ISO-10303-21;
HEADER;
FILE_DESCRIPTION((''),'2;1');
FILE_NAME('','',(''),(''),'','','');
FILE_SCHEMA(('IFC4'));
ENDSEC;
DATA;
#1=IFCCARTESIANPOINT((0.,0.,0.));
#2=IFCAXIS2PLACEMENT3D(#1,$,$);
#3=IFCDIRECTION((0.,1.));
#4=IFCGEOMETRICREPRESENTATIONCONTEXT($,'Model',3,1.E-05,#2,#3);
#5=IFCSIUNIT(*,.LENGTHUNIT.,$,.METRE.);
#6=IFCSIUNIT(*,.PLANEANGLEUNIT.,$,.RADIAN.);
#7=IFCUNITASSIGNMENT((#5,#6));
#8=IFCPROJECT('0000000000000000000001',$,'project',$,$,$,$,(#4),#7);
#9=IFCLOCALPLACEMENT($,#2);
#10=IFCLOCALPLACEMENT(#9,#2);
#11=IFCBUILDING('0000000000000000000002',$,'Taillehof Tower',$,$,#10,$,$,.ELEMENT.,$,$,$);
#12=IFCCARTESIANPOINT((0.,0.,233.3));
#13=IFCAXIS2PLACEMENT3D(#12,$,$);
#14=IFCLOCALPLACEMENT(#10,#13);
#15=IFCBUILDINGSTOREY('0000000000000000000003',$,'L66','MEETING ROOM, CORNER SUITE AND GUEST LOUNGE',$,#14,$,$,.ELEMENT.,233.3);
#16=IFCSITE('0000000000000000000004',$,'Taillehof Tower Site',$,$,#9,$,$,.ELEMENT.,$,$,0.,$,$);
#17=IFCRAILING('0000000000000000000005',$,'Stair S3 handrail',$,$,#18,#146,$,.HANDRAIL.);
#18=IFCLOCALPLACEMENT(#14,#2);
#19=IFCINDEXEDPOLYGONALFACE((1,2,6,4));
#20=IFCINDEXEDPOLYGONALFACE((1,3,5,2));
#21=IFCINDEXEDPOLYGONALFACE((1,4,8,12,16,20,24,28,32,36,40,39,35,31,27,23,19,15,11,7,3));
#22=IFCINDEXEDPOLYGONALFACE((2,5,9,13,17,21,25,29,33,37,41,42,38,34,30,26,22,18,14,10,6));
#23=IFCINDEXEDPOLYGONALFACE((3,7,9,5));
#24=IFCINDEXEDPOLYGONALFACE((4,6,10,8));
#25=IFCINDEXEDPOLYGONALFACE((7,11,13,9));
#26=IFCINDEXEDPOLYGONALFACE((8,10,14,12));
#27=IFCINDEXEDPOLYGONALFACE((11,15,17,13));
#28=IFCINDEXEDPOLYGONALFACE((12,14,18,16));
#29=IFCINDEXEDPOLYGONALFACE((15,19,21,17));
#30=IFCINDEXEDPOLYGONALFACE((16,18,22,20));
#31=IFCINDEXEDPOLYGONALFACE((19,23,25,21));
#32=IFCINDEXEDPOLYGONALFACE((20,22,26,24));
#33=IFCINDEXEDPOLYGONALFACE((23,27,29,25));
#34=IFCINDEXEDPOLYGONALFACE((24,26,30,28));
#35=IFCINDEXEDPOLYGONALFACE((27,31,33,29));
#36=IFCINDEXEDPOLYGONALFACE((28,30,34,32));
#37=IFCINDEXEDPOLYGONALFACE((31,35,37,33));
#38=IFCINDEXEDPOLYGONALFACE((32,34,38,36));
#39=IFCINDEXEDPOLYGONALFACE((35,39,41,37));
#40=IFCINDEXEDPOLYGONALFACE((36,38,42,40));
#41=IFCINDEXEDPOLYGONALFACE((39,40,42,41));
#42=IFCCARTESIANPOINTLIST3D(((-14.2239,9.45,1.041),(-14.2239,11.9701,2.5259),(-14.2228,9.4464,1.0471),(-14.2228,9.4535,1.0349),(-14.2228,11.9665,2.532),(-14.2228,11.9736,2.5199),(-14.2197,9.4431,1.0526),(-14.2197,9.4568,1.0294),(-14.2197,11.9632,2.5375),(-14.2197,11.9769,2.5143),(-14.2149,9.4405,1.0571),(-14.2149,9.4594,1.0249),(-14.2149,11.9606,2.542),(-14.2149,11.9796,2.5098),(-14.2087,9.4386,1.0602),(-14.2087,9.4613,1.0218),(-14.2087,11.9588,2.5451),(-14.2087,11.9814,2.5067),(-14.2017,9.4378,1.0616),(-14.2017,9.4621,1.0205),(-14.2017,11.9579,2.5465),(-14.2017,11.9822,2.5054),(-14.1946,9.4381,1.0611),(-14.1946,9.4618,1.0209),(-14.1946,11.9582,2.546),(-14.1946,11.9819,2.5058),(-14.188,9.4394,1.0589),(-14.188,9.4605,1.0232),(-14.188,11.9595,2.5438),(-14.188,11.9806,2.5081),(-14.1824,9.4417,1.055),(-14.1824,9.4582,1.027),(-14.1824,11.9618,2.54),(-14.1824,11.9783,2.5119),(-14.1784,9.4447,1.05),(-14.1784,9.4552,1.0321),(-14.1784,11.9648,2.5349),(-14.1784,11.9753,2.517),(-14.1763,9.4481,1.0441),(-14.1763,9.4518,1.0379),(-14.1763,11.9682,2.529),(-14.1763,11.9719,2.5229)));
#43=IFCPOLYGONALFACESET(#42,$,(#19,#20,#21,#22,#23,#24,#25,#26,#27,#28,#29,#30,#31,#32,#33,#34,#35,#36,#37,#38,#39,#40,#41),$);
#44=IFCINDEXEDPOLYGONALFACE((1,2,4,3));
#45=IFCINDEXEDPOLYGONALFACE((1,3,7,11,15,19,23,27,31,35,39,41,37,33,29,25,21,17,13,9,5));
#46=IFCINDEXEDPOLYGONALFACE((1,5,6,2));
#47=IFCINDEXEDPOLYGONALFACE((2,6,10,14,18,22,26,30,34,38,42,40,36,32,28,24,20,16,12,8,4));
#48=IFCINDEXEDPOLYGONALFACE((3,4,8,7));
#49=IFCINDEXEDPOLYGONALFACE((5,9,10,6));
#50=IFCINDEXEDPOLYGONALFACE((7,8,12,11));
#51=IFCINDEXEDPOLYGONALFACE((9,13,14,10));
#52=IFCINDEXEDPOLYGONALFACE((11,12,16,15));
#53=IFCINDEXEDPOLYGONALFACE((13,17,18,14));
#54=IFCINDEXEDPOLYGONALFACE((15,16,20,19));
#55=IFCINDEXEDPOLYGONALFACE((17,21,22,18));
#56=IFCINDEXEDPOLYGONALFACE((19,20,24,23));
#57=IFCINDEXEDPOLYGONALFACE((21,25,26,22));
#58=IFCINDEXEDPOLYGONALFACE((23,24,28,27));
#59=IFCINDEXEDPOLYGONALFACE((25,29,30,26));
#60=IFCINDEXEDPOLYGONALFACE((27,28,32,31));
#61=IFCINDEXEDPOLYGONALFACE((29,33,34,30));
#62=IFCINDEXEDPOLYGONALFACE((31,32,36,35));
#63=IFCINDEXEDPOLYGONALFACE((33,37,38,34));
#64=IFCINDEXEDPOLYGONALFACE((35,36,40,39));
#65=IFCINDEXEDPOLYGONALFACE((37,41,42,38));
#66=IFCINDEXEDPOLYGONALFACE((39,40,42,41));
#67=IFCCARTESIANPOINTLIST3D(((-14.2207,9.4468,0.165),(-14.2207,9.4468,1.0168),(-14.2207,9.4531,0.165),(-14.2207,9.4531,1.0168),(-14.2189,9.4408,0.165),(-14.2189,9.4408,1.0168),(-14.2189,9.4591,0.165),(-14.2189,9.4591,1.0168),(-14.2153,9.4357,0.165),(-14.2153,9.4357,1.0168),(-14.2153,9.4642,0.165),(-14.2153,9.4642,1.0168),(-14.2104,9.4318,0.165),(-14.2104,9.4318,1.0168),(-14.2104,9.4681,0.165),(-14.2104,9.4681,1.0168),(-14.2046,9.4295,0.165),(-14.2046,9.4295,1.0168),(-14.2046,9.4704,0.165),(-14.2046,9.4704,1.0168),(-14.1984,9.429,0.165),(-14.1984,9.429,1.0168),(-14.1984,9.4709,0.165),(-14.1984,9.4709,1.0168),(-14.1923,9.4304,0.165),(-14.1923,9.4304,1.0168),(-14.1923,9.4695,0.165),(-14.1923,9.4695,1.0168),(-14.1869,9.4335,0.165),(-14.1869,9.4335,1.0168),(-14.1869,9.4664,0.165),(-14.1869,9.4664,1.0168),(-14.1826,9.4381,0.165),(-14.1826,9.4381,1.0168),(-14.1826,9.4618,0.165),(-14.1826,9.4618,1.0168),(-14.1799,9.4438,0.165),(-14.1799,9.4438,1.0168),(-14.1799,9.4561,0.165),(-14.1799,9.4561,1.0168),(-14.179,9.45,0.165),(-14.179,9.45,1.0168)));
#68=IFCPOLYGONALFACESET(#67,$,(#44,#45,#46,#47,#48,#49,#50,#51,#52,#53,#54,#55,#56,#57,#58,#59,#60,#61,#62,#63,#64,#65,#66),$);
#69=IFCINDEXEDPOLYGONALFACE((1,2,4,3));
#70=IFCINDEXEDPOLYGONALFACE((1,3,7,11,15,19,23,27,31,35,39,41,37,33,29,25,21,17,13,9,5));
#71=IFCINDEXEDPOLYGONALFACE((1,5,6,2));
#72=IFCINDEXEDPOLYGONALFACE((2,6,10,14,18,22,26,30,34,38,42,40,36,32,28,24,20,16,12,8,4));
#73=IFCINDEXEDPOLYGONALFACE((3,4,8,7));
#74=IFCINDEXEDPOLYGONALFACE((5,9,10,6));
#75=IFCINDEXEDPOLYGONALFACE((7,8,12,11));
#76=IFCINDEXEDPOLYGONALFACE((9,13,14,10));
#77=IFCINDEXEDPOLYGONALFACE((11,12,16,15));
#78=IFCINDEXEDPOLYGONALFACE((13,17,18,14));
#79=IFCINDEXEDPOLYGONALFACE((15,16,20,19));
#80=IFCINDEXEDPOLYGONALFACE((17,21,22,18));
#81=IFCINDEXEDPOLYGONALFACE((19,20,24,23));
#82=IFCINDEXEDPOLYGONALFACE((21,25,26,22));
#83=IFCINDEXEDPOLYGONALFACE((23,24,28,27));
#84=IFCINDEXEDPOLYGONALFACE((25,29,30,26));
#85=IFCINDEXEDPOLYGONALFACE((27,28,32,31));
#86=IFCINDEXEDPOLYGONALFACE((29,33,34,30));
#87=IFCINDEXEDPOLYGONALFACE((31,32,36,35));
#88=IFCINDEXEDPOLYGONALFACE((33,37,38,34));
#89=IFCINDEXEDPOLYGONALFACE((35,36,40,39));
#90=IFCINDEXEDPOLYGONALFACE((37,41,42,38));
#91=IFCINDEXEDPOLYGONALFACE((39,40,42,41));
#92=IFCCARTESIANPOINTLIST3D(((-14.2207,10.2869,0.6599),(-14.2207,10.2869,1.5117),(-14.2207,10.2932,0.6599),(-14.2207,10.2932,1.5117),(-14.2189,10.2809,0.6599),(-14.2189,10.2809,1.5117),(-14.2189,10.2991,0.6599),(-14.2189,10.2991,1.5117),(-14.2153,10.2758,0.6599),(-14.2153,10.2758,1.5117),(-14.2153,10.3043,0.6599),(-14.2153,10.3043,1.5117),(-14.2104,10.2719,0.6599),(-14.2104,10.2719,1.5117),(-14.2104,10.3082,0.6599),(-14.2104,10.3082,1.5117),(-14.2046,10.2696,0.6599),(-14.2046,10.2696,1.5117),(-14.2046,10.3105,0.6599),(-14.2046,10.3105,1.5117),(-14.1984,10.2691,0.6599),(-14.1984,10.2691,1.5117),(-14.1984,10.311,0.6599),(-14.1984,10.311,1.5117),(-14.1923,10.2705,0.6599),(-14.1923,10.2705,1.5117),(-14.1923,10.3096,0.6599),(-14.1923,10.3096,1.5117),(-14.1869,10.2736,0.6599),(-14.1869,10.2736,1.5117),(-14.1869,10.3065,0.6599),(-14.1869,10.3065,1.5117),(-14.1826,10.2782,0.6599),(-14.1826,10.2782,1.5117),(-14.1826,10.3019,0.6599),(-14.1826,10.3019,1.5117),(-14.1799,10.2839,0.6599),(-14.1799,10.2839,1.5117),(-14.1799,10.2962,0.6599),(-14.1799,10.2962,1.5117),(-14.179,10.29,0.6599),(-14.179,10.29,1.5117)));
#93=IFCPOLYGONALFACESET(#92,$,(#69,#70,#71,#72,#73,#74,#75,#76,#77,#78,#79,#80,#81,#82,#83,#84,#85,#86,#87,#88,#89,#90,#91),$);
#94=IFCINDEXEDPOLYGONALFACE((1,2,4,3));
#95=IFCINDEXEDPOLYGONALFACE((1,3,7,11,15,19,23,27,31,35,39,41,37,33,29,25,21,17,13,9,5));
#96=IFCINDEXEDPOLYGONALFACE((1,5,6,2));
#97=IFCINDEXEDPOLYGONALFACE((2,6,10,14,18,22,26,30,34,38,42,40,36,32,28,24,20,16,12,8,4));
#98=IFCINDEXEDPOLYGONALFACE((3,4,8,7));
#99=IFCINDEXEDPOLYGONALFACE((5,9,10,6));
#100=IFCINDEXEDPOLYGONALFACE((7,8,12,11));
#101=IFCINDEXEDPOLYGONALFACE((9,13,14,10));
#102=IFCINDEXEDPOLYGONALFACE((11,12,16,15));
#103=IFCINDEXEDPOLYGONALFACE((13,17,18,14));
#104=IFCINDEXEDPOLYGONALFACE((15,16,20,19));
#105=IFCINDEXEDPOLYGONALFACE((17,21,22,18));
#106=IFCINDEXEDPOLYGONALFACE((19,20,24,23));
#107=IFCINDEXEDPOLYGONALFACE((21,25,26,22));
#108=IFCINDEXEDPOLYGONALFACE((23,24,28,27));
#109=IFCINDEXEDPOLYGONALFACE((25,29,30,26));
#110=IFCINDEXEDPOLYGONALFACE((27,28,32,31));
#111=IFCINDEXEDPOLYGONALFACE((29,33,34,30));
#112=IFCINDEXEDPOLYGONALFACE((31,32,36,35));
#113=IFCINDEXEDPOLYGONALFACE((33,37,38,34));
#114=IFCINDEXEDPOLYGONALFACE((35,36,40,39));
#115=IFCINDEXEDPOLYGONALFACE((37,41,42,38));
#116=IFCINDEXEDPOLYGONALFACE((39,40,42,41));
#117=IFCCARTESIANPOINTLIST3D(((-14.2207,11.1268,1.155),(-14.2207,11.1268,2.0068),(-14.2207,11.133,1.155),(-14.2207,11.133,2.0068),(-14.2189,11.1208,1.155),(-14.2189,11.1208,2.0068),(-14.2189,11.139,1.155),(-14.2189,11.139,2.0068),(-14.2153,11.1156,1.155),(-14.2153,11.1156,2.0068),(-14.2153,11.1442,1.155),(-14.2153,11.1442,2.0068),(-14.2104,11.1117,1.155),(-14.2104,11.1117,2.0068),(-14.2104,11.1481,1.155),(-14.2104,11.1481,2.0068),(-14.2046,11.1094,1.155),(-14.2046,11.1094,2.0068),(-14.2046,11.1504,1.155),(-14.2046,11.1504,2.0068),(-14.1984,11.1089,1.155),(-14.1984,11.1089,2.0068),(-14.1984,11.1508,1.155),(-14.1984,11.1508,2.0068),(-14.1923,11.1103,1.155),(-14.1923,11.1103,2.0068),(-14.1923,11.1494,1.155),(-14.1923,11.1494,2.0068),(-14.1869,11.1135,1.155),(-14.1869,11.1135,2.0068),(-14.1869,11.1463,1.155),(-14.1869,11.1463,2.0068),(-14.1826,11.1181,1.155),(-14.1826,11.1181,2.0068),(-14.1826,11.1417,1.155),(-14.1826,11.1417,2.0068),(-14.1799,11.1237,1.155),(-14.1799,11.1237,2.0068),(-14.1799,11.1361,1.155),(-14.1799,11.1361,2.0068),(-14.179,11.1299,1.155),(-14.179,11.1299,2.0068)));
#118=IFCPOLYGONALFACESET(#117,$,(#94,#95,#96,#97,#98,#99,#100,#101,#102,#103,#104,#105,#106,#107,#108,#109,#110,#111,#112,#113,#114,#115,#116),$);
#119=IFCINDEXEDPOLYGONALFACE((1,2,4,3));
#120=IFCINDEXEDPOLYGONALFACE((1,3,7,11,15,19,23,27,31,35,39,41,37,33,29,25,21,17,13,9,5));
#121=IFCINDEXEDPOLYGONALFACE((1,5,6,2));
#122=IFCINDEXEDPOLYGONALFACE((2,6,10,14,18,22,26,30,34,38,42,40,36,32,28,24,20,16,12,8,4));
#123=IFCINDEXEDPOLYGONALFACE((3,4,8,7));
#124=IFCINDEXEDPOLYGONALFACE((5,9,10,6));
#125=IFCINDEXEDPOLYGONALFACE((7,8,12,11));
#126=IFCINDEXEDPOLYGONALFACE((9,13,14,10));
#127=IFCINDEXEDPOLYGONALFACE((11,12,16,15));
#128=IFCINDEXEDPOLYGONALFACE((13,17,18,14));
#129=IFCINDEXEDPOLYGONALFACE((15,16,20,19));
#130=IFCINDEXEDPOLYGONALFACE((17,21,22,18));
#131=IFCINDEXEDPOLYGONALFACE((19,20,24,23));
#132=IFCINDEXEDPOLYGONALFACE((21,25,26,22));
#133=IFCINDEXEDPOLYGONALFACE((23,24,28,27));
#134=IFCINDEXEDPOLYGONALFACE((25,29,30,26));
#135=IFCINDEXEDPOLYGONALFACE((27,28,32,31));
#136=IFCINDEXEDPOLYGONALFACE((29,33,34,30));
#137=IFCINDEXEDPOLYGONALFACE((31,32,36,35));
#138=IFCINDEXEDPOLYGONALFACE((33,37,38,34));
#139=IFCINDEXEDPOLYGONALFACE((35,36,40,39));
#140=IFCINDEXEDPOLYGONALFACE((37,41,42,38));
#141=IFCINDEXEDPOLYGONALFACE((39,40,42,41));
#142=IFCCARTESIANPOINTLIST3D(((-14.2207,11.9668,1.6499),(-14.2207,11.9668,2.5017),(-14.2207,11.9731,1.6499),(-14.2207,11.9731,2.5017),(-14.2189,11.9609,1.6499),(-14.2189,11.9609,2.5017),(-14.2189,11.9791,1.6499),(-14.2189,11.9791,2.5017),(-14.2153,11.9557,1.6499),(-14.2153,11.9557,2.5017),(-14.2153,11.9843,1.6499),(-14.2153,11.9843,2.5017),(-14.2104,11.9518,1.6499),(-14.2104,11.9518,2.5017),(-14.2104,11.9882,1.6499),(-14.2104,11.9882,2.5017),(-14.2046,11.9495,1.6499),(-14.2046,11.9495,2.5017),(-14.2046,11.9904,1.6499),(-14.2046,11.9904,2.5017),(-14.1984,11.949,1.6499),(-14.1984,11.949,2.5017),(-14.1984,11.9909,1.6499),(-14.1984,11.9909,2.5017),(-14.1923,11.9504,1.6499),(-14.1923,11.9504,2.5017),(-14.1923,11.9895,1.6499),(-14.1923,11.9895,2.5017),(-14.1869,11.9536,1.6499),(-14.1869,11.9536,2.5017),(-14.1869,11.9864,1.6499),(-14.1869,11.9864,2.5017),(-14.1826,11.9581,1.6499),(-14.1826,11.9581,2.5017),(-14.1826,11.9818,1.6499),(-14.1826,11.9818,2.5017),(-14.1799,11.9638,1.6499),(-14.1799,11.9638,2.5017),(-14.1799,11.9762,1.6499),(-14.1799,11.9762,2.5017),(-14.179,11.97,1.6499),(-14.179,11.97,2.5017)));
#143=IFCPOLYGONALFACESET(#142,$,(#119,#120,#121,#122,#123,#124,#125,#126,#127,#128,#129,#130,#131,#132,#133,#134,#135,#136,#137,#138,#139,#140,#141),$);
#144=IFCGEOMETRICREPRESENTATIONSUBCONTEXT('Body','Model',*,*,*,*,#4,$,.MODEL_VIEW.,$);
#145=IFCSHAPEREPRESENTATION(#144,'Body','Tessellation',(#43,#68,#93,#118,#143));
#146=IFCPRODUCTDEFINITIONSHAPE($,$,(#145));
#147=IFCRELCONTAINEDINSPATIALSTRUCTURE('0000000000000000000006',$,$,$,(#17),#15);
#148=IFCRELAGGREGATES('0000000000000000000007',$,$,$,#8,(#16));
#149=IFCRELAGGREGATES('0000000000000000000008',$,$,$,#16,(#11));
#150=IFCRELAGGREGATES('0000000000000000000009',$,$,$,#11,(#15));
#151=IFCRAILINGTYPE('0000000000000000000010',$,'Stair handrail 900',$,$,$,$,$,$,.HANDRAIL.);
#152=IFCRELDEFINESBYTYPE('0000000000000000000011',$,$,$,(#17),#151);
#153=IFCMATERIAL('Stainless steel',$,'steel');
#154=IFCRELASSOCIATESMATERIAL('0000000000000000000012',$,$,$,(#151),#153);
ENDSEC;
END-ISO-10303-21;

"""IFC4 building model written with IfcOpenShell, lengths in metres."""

from ifc_helpers import new_model, si_unit, direction, frame, origin, origin_2d, place, context, subcontext, project, spatial, circle, extrude, material, type_object, element, save


model = new_model("IFC4")

# Units and contexts
model_context = context("Model", 3, precision=1e-05, world=origin(), true_north=direction((0.0, 1.0)))
body_context = subcontext(model_context, "Body", "Model", "MODEL_VIEW")
ifc_project = project(units=[si_unit("LENGTHUNIT", "METRE"), si_unit("PLANEANGLEUNIT", "RADIAN")], contexts=[model_context])

# Site, building, storey
site_placement = place(None, origin())
site = spatial("IfcSite", under=ifc_project, at=site_placement, Name="Taillehof Tower Site", CompositionType="ELEMENT", RefElevation=0.0)
building_placement = place(site_placement, origin())
building = spatial("IfcBuilding", under=site, at=building_placement, Name="Taillehof Tower", CompositionType="ELEMENT")
storey_placement = place(building_placement, frame((0.0, 0.0, 233.3)))
storey = spatial("IfcBuildingStorey", under=building, at=storey_placement, Name="L66", Description="MEETING ROOM, CORNER SUITE AND GUEST LOUNGE", CompositionType="ELEMENT", Elevation=233.3)

# Railing
ifc_material_1 = material(Name="Stainless steel", Category="steel")
railing_type = type_object("IfcRailingType", Name="Stair handrail 900", PredefinedType="HANDRAIL", material=ifc_material_1)
railing_placement = place(storey_placement, frame((-14.2, 9.45, 0.165)))
element("IfcRailing", 1, at=railing_placement, inside=storey, type_object=railing_type, Name="Stair S3 handrail", PredefinedType="HANDRAIL", context=body_context, shape_type="SweptSolid", body=[
    extrude(circle(Radius=0.0239, at=origin_2d()), frame((0.0, 0.0, 0.876), z_axis=(0.0, 0.861561, 0.507655), x_axis=(-1.0, 0.0, 0.0)), (0.0, 0.0, 1.0), 2.925),
    extrude(circle(Radius=0.021, at=origin_2d()), origin(), (0.0, 0.0, 1.0), 0.8518),
    extrude(circle(Radius=0.021, at=origin_2d()), frame((0.0, 0.8401, 0.4949)), (0.0, 0.0, 1.0), 0.8518),
    extrude(circle(Radius=0.021, at=origin_2d()), frame((0.0, 1.6799, 0.99)), (0.0, 0.0, 1.0), 0.8518),
    extrude(circle(Radius=0.021, at=origin_2d()), frame((0.0, 2.52, 1.4849)), (0.0, 0.0, 1.0), 0.8518),
])

save(model, "model.ifc")
